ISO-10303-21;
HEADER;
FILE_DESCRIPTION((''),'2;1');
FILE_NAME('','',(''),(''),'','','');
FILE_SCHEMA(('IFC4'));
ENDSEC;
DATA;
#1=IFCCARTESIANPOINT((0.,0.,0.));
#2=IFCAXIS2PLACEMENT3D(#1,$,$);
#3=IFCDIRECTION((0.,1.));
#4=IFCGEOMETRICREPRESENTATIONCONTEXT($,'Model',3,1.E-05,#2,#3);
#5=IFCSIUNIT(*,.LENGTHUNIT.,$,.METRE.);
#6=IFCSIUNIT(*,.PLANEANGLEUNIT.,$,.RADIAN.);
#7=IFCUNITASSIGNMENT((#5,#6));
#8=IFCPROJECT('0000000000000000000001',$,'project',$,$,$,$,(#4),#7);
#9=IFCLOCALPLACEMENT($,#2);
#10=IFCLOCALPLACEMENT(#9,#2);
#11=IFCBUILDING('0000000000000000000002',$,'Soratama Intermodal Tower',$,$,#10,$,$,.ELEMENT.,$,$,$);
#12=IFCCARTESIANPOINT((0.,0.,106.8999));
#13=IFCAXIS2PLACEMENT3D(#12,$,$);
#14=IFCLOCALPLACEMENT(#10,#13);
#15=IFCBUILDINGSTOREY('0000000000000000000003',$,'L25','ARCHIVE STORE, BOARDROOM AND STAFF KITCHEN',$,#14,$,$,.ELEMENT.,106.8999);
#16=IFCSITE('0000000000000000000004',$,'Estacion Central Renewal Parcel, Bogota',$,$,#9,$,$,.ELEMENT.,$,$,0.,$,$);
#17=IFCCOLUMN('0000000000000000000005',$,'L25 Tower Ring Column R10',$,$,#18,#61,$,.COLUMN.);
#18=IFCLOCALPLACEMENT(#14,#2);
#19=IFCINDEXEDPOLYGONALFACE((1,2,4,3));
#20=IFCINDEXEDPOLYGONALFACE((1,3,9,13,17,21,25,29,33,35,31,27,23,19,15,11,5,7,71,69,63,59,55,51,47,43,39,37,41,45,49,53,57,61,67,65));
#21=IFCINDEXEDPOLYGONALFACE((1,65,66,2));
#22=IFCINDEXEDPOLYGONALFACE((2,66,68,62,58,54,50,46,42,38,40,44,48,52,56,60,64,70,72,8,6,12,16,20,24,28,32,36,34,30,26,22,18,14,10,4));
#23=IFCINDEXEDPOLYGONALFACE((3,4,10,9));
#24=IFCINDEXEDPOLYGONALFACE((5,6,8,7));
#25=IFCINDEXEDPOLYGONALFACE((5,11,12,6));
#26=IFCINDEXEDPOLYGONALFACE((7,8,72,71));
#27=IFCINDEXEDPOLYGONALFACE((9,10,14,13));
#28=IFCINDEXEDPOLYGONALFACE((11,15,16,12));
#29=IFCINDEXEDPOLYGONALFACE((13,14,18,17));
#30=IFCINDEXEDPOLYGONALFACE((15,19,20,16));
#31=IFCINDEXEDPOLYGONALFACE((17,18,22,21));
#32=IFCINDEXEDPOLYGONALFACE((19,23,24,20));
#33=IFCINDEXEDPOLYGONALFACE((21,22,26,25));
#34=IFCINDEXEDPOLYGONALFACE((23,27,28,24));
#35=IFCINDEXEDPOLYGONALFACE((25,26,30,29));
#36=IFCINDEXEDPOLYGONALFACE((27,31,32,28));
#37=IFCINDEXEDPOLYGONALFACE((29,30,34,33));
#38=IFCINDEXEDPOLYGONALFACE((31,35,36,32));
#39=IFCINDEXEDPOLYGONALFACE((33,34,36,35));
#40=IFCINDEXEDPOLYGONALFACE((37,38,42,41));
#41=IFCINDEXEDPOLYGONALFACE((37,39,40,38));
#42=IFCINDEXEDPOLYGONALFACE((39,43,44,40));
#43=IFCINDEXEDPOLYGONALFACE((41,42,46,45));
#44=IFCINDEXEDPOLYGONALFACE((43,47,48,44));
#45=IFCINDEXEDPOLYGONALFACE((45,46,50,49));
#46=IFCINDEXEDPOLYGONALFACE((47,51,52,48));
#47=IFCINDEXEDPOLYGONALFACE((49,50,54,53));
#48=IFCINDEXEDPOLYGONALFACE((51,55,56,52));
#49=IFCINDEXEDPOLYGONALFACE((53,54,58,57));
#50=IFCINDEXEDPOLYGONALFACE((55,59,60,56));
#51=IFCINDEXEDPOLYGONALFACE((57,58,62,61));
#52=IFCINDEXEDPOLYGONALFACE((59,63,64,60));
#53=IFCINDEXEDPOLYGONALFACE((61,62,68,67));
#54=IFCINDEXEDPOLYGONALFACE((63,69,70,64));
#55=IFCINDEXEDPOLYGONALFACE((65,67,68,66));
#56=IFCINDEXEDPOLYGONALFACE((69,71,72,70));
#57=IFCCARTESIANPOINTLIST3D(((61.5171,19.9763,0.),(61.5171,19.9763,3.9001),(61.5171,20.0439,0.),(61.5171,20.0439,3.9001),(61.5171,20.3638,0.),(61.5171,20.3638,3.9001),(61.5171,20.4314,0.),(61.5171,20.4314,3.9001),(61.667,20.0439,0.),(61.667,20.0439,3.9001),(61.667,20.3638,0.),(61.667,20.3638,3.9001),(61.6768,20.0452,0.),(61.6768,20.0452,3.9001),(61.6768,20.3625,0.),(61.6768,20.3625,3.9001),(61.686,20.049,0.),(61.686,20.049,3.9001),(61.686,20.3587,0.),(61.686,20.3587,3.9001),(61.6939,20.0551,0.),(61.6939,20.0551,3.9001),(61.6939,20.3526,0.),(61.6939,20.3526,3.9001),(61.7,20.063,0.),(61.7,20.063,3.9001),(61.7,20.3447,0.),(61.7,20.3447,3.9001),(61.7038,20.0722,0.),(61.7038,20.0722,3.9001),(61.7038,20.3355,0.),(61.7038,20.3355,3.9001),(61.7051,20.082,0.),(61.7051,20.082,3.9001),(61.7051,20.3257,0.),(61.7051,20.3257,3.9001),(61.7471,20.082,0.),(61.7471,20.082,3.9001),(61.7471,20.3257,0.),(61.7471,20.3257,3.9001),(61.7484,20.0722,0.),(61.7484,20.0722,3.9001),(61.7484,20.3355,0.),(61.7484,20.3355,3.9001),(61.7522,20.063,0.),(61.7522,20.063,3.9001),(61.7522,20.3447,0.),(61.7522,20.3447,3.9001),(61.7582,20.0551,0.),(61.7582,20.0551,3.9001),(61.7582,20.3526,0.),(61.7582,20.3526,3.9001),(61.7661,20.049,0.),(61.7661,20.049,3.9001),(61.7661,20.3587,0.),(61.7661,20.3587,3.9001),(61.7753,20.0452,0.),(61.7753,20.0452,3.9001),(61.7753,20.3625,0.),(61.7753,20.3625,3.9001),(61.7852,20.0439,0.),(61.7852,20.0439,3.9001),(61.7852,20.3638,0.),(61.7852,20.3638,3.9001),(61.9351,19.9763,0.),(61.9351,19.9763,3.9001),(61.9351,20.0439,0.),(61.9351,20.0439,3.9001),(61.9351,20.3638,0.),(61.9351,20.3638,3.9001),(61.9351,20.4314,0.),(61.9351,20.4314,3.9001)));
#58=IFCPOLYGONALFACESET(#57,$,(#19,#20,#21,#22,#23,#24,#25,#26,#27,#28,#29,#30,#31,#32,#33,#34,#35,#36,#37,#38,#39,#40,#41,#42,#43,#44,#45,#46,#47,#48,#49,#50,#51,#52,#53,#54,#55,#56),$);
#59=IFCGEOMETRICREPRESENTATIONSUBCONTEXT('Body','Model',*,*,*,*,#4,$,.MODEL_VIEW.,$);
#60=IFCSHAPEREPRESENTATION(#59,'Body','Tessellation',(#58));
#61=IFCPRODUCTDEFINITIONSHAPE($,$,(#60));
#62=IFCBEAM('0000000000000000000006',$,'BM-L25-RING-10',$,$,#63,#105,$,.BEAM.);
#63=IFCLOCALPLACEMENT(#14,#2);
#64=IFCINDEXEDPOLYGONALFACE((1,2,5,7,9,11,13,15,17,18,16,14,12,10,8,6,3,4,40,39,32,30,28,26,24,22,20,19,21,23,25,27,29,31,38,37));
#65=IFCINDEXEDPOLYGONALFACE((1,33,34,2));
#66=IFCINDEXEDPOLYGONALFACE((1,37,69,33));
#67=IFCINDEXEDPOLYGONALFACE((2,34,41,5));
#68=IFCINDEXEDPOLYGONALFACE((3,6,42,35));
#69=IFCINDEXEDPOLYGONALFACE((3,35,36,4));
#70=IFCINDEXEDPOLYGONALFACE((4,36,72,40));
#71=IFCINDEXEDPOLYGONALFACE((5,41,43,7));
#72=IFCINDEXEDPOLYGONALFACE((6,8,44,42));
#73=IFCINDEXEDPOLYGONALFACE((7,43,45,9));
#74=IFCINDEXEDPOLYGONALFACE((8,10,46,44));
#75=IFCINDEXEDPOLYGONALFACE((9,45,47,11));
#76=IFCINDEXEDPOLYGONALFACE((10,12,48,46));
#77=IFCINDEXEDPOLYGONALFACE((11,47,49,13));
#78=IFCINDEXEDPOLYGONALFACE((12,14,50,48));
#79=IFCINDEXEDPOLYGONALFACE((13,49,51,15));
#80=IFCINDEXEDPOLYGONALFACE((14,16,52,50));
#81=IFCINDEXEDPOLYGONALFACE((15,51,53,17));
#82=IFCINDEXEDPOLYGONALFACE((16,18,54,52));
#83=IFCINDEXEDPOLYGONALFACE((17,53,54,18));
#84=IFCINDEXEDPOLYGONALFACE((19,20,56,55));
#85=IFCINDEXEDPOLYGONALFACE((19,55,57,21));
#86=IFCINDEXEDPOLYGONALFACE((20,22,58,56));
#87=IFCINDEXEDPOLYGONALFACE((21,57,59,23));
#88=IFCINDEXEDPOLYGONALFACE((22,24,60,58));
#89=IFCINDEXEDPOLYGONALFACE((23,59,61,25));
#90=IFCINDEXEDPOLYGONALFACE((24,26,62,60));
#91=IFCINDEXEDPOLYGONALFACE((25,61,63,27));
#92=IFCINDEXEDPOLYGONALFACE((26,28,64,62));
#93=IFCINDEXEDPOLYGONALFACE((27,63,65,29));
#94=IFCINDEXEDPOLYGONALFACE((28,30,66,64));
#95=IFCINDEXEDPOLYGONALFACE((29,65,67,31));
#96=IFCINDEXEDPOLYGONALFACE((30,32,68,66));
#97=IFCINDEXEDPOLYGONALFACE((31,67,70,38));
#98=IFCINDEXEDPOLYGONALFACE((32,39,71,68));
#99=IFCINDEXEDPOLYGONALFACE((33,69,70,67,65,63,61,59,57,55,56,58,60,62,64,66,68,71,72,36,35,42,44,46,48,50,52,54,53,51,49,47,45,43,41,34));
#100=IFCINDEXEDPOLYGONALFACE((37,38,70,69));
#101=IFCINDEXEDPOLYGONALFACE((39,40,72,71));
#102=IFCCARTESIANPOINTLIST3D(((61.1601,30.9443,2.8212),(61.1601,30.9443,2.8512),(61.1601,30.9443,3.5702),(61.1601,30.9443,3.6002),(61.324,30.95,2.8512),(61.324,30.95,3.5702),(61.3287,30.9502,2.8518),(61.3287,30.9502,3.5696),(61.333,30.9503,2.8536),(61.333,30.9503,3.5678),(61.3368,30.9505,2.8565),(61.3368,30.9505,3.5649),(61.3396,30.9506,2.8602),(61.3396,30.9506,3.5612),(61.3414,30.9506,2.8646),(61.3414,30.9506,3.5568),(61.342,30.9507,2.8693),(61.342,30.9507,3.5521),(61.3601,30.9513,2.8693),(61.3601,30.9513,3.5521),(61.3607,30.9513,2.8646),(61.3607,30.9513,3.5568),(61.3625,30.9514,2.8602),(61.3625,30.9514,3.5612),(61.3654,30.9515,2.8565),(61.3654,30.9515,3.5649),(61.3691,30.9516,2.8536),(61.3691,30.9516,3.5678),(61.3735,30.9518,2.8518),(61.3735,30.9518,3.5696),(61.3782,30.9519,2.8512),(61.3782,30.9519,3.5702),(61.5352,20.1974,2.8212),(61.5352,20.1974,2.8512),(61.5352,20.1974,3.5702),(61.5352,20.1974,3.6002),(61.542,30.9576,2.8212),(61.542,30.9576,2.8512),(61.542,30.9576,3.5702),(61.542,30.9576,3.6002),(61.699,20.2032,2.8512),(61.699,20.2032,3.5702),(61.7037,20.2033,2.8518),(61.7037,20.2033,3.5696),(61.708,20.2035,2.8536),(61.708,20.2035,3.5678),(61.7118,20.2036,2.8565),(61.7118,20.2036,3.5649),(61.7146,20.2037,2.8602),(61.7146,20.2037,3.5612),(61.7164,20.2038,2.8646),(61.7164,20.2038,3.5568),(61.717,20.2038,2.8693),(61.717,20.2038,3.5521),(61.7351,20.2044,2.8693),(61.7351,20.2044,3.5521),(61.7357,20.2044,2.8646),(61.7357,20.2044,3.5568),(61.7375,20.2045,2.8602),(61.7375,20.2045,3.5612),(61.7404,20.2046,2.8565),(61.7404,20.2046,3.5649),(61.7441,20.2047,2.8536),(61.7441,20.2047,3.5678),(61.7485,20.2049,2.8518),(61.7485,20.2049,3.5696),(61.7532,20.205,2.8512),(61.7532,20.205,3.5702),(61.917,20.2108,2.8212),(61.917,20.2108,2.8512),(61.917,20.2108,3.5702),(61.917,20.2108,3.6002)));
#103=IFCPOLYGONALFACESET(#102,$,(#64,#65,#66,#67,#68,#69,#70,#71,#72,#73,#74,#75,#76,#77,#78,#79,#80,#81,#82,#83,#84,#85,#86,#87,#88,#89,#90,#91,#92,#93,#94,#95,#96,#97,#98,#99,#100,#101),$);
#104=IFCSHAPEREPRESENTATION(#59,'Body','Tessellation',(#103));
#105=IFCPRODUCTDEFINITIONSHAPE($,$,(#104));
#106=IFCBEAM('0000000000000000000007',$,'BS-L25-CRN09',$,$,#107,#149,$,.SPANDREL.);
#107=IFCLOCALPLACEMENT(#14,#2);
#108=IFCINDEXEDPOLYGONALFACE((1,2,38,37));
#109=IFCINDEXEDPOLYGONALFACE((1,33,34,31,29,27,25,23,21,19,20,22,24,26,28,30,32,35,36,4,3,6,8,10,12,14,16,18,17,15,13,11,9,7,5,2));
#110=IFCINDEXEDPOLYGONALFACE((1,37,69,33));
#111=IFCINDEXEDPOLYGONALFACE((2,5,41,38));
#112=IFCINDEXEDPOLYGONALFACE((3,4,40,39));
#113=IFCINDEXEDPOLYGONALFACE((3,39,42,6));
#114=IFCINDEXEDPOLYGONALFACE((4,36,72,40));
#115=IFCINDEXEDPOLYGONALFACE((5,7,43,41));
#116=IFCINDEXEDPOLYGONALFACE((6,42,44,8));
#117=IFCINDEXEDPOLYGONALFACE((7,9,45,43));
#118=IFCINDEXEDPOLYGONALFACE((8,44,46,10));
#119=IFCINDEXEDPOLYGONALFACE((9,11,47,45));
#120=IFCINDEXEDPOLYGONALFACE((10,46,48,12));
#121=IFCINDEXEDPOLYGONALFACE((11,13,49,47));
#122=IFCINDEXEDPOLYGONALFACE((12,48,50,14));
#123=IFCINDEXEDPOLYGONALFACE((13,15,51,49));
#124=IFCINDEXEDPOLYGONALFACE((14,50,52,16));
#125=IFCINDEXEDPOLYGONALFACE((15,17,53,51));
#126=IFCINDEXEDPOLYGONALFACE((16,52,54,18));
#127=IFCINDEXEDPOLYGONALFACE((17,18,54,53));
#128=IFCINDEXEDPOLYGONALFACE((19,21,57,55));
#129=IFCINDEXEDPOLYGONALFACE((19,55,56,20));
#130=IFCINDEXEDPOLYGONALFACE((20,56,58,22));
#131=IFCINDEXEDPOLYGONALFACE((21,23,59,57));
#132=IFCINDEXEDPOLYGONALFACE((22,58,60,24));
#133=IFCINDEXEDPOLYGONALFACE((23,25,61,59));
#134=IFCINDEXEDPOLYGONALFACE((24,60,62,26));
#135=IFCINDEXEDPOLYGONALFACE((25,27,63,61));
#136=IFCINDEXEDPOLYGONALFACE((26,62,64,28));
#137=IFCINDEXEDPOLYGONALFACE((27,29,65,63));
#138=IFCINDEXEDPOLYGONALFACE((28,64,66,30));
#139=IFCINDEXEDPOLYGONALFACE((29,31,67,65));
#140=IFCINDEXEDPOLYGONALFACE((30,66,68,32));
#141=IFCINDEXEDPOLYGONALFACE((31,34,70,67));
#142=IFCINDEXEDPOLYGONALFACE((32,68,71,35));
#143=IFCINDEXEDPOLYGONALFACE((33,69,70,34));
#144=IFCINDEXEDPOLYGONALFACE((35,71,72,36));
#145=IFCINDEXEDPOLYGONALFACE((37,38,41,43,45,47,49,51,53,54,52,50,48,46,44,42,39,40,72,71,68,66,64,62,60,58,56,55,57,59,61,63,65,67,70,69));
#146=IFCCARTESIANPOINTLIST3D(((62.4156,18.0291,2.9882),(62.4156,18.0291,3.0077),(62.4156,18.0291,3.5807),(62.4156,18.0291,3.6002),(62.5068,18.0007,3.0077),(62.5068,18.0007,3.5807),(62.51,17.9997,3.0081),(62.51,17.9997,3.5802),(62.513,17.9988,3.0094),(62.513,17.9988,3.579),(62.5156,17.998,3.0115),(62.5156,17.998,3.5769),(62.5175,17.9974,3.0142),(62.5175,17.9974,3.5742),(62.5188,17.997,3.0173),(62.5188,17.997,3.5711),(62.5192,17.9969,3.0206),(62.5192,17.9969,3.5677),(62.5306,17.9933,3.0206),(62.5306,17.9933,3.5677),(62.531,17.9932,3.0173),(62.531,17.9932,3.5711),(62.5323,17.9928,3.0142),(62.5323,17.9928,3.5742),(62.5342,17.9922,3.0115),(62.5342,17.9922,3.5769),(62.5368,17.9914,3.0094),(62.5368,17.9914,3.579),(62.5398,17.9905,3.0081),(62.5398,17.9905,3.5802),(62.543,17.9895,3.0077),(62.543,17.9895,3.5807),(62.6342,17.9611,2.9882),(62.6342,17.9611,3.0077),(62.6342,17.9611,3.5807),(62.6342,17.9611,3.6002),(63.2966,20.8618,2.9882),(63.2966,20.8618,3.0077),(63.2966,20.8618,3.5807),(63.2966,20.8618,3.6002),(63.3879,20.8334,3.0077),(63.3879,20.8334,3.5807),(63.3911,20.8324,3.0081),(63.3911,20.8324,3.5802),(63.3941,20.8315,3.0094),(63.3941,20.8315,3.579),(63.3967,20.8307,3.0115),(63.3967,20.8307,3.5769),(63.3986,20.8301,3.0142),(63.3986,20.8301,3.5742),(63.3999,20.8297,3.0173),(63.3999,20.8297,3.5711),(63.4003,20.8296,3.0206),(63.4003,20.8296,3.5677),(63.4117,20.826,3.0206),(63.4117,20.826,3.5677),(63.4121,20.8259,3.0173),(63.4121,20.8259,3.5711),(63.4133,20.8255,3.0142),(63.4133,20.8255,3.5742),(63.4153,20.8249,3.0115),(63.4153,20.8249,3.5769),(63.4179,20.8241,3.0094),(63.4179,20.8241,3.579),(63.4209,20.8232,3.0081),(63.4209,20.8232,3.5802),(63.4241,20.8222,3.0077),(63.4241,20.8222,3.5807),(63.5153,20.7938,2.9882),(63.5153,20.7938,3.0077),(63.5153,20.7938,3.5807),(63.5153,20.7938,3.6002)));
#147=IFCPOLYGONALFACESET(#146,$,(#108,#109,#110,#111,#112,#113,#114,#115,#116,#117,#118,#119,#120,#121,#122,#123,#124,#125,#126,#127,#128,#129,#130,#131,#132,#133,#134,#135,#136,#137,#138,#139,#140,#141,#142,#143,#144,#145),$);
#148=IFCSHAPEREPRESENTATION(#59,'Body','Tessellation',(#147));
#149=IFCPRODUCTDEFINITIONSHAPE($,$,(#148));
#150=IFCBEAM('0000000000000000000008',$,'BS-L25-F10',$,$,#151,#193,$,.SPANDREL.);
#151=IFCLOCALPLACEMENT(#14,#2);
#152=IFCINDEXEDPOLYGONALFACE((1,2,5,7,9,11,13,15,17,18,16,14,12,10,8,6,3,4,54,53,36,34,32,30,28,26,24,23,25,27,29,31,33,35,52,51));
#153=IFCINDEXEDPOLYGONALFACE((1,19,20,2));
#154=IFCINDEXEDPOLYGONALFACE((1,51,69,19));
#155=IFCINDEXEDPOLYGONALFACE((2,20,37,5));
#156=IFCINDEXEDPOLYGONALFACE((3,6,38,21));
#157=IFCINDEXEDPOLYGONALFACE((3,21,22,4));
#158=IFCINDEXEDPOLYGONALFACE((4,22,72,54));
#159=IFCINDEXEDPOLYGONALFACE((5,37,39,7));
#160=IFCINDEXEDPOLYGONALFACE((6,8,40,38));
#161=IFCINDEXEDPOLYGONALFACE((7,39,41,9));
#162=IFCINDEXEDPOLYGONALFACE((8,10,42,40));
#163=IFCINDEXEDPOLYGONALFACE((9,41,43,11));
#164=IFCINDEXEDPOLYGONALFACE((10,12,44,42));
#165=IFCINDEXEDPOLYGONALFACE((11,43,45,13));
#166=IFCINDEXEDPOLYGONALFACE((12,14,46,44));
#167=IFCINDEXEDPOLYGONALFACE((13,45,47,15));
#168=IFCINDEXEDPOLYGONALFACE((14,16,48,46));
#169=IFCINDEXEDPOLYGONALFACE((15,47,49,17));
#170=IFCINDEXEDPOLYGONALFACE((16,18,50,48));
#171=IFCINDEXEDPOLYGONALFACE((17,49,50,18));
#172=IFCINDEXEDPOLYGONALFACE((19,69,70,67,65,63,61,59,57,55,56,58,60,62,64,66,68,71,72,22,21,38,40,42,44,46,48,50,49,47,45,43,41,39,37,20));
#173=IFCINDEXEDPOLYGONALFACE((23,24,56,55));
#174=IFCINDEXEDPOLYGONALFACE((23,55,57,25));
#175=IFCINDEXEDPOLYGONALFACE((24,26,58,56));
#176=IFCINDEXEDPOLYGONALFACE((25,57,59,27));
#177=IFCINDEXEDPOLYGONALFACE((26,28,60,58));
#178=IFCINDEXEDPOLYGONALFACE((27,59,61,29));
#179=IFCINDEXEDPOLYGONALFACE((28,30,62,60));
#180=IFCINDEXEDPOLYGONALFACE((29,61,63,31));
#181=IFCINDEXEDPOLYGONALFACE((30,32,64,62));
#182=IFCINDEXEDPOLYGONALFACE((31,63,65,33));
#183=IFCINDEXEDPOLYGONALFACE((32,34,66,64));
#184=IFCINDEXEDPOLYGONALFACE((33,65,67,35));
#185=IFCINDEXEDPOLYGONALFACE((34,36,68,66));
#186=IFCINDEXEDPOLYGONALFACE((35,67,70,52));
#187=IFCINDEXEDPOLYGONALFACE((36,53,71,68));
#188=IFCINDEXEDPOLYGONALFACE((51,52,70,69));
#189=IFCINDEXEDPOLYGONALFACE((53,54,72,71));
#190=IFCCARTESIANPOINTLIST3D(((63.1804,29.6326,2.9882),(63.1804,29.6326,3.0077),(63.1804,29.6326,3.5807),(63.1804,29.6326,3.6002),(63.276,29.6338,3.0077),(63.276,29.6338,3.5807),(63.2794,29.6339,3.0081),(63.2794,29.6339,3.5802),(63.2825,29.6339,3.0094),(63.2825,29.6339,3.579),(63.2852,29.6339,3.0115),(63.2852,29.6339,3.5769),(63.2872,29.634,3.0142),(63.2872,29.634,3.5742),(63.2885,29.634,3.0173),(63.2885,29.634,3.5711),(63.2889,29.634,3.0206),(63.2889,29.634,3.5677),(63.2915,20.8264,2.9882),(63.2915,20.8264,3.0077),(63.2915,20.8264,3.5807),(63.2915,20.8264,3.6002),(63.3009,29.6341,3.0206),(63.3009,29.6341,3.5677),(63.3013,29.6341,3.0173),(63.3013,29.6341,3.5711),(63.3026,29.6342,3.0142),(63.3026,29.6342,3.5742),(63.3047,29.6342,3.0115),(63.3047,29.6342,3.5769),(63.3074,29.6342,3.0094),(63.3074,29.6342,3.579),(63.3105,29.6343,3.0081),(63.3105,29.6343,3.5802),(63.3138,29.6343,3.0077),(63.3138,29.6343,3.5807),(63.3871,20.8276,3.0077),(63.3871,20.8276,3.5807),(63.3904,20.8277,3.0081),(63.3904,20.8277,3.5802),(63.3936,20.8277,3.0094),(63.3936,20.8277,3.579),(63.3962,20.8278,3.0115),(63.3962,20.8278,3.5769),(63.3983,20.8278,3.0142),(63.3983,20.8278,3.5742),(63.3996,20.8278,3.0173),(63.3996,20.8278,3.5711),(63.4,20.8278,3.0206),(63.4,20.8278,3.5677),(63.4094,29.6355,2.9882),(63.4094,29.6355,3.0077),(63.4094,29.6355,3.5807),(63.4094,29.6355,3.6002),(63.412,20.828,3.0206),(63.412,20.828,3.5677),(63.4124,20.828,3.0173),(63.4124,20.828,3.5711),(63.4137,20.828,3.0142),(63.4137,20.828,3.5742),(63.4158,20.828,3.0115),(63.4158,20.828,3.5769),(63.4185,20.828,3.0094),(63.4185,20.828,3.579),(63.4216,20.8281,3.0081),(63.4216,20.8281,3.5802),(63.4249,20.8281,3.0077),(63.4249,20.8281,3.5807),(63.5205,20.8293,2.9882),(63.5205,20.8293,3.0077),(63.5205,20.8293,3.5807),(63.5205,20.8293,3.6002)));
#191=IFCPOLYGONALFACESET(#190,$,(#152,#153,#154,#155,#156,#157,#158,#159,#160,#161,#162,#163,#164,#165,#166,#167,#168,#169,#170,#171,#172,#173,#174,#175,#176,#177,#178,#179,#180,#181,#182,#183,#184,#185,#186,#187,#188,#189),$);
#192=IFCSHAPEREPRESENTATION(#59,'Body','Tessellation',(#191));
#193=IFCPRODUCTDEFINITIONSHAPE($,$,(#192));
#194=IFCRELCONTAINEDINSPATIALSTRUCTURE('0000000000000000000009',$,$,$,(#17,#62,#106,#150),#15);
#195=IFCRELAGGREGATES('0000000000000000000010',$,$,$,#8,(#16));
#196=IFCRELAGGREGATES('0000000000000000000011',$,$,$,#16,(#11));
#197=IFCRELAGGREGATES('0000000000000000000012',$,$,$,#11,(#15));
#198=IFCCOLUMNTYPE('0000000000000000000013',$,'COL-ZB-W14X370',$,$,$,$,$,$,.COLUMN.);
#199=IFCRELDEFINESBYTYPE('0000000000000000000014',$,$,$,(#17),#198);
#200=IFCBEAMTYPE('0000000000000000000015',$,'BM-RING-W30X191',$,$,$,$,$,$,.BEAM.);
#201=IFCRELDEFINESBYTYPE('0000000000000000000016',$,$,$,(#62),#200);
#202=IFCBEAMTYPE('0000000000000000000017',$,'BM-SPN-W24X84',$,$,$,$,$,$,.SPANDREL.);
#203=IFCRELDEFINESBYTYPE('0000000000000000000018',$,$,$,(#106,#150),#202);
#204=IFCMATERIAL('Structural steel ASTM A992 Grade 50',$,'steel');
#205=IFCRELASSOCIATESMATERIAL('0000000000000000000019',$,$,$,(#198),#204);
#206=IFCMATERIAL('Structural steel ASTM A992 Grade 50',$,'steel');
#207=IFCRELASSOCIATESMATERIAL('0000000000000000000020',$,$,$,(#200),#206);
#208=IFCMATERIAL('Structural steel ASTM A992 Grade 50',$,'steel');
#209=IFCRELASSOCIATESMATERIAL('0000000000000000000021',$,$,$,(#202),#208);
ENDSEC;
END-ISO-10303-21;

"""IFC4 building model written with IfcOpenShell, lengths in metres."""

from ifc_helpers import new_model, si_unit, direction, frame, origin, origin_2d, place, context, subcontext, project, spatial, i_section, extrude, material, material_profile, profile_set, type_object, element, save


model = new_model("IFC4")

# Units and contexts
model_context = context("Model", 3, precision=1e-05, world=origin(), true_north=direction((0.0, 1.0)))
body_context = subcontext(model_context, "Body", "Model", "MODEL_VIEW")
ifc_project = project(units=[si_unit("LENGTHUNIT", "METRE"), si_unit("PLANEANGLEUNIT", "RADIAN")], contexts=[model_context])

# Site, building, storey
site_placement = place(None, origin())
site = spatial("IfcSite", under=ifc_project, at=site_placement, Name="Estacion Central Renewal Parcel, Bogota", CompositionType="ELEMENT", RefElevation=0.0)
building_placement = place(site_placement, origin())
building = spatial("IfcBuilding", under=site, at=building_placement, Name="Soratama Intermodal Tower", CompositionType="ELEMENT")
storey_placement = place(building_placement, frame((0.0, 0.0, 106.8999)))
storey = spatial("IfcBuildingStorey", under=building, at=storey_placement, Name="L25", Description="ARCHIVE STORE, BOARDROOM AND STAFF KITCHEN", CompositionType="ELEMENT", Elevation=106.8999)

# Column
ifc_material_1 = material(Name="Structural steel ASTM A992 Grade 50", Category="steel")
ifc_material_profile_1 = material_profile(ifc_material_1, i_section(OverallWidth=0.418, OverallDepth=0.4551, WebThickness=0.042, FlangeThickness=0.0676, FilletRadius=0.0381, at=origin_2d()), Name="W14X370")
ifc_profile_set_1 = profile_set([ifc_material_profile_1], Name="Structural steel ASTM A992 Grade 50")
column_type = type_object("IfcColumnType", Name="COL-ZB-W14X370", PredefinedType="COLUMN", material=ifc_profile_set_1)
column_placement = place(storey_placement, frame((61.7261, 20.2039, 0.0), z_axis=(0.0, 0.0, 1.0), x_axis=(1.0, 0.0, 0.0)))
element("IfcColumn", 1, at=column_placement, inside=storey, type_object=column_type, Name="L25 Tower Ring Column R10", PredefinedType="COLUMN", context=body_context, shape_type="SweptSolid", body=[
    extrude(i_section(OverallWidth=0.418, OverallDepth=0.4551, WebThickness=0.042, FlangeThickness=0.0676, FilletRadius=0.0381, at=origin_2d()), origin(), (0.0, 0.0, 1.0), 3.9001),
])

# Beams
ifc_material_2 = material(Name="Structural steel ASTM A992 Grade 50", Category="steel")
ifc_material_profile_2 = material_profile(ifc_material_2, i_section(OverallWidth=0.3821, OverallDepth=0.7791, WebThickness=0.0181, FlangeThickness=0.03, FilletRadius=0.0181, at=origin_2d()), Name="W30X191")
ifc_profile_set_2 = profile_set([ifc_material_profile_2], Name="Structural steel ASTM A992 Grade 50")
beam_type_1 = type_object("IfcBeamType", Name="BM-RING-W30X191", PredefinedType="BEAM", material=ifc_profile_set_2)
beam_1_placement = place(storey_placement, frame((61.7261, 20.2041, 3.2107), z_axis=(-0.034873, 0.999392, 0.0), x_axis=(-0.999392, -0.034873, 0.0)))
element("IfcBeam", 2, at=beam_1_placement, inside=storey, type_object=beam_type_1, Name="BM-L25-RING-10", PredefinedType="BEAM", context=body_context, shape_type="SweptSolid", body=[
    extrude(i_section(OverallWidth=0.3821, OverallDepth=0.7791, WebThickness=0.0181, FlangeThickness=0.03, FilletRadius=0.0181, at=origin_2d()), origin(), (0.0, 0.0, 1.0), 10.7534),
])
ifc_material_3 = material(Name="Structural steel ASTM A992 Grade 50", Category="steel")
ifc_material_profile_3 = material_profile(ifc_material_3, i_section(OverallWidth=0.229, OverallDepth=0.6121, WebThickness=0.012, FlangeThickness=0.0195, FilletRadius=0.0129, at=origin_2d()), Name="W24X84")
ifc_profile_set_3 = profile_set([ifc_material_profile_3], Name="Structural steel ASTM A992 Grade 50")
beam_type_2 = type_object("IfcBeamType", Name="BM-SPN-W24X84", PredefinedType="SPANDREL", material=ifc_profile_set_3)
beam_2_placement = place(storey_placement, frame((62.5249, 17.9951, 3.2942), z_axis=(0.297005, 0.954876, 0.0), x_axis=(-0.954876, 0.297005, 0.0)))
element("IfcBeam", 3, at=beam_2_placement, inside=storey, type_object=beam_type_2, Name="BS-L25-CRN09", PredefinedType="SPANDREL", context=body_context, shape_type="SweptSolid", body=[
    extrude(i_section(OverallWidth=0.229, OverallDepth=0.6121, WebThickness=0.012, FlangeThickness=0.0195, FilletRadius=0.0129, at=origin_2d()), origin(), (0.0, 0.0, 1.0), 2.9666),
])
beam_3_placement = place(storey_placement, frame((63.406, 20.8279, 3.2942), z_axis=(-0.012613, 0.99992, 0.0), x_axis=(-0.99992, -0.012613, 0.0)))
element("IfcBeam", 4, at=beam_3_placement, inside=storey, type_object=beam_type_2, Name="BS-L25-F10", PredefinedType="SPANDREL", context=body_context, shape_type="SweptSolid", body=[
    extrude(i_section(OverallWidth=0.229, OverallDepth=0.6121, WebThickness=0.012, FlangeThickness=0.0195, FilletRadius=0.0129, at=origin_2d()), origin(), (0.0, 0.0, 1.0), 8.8069),
])

save(model, "model.ifc")
